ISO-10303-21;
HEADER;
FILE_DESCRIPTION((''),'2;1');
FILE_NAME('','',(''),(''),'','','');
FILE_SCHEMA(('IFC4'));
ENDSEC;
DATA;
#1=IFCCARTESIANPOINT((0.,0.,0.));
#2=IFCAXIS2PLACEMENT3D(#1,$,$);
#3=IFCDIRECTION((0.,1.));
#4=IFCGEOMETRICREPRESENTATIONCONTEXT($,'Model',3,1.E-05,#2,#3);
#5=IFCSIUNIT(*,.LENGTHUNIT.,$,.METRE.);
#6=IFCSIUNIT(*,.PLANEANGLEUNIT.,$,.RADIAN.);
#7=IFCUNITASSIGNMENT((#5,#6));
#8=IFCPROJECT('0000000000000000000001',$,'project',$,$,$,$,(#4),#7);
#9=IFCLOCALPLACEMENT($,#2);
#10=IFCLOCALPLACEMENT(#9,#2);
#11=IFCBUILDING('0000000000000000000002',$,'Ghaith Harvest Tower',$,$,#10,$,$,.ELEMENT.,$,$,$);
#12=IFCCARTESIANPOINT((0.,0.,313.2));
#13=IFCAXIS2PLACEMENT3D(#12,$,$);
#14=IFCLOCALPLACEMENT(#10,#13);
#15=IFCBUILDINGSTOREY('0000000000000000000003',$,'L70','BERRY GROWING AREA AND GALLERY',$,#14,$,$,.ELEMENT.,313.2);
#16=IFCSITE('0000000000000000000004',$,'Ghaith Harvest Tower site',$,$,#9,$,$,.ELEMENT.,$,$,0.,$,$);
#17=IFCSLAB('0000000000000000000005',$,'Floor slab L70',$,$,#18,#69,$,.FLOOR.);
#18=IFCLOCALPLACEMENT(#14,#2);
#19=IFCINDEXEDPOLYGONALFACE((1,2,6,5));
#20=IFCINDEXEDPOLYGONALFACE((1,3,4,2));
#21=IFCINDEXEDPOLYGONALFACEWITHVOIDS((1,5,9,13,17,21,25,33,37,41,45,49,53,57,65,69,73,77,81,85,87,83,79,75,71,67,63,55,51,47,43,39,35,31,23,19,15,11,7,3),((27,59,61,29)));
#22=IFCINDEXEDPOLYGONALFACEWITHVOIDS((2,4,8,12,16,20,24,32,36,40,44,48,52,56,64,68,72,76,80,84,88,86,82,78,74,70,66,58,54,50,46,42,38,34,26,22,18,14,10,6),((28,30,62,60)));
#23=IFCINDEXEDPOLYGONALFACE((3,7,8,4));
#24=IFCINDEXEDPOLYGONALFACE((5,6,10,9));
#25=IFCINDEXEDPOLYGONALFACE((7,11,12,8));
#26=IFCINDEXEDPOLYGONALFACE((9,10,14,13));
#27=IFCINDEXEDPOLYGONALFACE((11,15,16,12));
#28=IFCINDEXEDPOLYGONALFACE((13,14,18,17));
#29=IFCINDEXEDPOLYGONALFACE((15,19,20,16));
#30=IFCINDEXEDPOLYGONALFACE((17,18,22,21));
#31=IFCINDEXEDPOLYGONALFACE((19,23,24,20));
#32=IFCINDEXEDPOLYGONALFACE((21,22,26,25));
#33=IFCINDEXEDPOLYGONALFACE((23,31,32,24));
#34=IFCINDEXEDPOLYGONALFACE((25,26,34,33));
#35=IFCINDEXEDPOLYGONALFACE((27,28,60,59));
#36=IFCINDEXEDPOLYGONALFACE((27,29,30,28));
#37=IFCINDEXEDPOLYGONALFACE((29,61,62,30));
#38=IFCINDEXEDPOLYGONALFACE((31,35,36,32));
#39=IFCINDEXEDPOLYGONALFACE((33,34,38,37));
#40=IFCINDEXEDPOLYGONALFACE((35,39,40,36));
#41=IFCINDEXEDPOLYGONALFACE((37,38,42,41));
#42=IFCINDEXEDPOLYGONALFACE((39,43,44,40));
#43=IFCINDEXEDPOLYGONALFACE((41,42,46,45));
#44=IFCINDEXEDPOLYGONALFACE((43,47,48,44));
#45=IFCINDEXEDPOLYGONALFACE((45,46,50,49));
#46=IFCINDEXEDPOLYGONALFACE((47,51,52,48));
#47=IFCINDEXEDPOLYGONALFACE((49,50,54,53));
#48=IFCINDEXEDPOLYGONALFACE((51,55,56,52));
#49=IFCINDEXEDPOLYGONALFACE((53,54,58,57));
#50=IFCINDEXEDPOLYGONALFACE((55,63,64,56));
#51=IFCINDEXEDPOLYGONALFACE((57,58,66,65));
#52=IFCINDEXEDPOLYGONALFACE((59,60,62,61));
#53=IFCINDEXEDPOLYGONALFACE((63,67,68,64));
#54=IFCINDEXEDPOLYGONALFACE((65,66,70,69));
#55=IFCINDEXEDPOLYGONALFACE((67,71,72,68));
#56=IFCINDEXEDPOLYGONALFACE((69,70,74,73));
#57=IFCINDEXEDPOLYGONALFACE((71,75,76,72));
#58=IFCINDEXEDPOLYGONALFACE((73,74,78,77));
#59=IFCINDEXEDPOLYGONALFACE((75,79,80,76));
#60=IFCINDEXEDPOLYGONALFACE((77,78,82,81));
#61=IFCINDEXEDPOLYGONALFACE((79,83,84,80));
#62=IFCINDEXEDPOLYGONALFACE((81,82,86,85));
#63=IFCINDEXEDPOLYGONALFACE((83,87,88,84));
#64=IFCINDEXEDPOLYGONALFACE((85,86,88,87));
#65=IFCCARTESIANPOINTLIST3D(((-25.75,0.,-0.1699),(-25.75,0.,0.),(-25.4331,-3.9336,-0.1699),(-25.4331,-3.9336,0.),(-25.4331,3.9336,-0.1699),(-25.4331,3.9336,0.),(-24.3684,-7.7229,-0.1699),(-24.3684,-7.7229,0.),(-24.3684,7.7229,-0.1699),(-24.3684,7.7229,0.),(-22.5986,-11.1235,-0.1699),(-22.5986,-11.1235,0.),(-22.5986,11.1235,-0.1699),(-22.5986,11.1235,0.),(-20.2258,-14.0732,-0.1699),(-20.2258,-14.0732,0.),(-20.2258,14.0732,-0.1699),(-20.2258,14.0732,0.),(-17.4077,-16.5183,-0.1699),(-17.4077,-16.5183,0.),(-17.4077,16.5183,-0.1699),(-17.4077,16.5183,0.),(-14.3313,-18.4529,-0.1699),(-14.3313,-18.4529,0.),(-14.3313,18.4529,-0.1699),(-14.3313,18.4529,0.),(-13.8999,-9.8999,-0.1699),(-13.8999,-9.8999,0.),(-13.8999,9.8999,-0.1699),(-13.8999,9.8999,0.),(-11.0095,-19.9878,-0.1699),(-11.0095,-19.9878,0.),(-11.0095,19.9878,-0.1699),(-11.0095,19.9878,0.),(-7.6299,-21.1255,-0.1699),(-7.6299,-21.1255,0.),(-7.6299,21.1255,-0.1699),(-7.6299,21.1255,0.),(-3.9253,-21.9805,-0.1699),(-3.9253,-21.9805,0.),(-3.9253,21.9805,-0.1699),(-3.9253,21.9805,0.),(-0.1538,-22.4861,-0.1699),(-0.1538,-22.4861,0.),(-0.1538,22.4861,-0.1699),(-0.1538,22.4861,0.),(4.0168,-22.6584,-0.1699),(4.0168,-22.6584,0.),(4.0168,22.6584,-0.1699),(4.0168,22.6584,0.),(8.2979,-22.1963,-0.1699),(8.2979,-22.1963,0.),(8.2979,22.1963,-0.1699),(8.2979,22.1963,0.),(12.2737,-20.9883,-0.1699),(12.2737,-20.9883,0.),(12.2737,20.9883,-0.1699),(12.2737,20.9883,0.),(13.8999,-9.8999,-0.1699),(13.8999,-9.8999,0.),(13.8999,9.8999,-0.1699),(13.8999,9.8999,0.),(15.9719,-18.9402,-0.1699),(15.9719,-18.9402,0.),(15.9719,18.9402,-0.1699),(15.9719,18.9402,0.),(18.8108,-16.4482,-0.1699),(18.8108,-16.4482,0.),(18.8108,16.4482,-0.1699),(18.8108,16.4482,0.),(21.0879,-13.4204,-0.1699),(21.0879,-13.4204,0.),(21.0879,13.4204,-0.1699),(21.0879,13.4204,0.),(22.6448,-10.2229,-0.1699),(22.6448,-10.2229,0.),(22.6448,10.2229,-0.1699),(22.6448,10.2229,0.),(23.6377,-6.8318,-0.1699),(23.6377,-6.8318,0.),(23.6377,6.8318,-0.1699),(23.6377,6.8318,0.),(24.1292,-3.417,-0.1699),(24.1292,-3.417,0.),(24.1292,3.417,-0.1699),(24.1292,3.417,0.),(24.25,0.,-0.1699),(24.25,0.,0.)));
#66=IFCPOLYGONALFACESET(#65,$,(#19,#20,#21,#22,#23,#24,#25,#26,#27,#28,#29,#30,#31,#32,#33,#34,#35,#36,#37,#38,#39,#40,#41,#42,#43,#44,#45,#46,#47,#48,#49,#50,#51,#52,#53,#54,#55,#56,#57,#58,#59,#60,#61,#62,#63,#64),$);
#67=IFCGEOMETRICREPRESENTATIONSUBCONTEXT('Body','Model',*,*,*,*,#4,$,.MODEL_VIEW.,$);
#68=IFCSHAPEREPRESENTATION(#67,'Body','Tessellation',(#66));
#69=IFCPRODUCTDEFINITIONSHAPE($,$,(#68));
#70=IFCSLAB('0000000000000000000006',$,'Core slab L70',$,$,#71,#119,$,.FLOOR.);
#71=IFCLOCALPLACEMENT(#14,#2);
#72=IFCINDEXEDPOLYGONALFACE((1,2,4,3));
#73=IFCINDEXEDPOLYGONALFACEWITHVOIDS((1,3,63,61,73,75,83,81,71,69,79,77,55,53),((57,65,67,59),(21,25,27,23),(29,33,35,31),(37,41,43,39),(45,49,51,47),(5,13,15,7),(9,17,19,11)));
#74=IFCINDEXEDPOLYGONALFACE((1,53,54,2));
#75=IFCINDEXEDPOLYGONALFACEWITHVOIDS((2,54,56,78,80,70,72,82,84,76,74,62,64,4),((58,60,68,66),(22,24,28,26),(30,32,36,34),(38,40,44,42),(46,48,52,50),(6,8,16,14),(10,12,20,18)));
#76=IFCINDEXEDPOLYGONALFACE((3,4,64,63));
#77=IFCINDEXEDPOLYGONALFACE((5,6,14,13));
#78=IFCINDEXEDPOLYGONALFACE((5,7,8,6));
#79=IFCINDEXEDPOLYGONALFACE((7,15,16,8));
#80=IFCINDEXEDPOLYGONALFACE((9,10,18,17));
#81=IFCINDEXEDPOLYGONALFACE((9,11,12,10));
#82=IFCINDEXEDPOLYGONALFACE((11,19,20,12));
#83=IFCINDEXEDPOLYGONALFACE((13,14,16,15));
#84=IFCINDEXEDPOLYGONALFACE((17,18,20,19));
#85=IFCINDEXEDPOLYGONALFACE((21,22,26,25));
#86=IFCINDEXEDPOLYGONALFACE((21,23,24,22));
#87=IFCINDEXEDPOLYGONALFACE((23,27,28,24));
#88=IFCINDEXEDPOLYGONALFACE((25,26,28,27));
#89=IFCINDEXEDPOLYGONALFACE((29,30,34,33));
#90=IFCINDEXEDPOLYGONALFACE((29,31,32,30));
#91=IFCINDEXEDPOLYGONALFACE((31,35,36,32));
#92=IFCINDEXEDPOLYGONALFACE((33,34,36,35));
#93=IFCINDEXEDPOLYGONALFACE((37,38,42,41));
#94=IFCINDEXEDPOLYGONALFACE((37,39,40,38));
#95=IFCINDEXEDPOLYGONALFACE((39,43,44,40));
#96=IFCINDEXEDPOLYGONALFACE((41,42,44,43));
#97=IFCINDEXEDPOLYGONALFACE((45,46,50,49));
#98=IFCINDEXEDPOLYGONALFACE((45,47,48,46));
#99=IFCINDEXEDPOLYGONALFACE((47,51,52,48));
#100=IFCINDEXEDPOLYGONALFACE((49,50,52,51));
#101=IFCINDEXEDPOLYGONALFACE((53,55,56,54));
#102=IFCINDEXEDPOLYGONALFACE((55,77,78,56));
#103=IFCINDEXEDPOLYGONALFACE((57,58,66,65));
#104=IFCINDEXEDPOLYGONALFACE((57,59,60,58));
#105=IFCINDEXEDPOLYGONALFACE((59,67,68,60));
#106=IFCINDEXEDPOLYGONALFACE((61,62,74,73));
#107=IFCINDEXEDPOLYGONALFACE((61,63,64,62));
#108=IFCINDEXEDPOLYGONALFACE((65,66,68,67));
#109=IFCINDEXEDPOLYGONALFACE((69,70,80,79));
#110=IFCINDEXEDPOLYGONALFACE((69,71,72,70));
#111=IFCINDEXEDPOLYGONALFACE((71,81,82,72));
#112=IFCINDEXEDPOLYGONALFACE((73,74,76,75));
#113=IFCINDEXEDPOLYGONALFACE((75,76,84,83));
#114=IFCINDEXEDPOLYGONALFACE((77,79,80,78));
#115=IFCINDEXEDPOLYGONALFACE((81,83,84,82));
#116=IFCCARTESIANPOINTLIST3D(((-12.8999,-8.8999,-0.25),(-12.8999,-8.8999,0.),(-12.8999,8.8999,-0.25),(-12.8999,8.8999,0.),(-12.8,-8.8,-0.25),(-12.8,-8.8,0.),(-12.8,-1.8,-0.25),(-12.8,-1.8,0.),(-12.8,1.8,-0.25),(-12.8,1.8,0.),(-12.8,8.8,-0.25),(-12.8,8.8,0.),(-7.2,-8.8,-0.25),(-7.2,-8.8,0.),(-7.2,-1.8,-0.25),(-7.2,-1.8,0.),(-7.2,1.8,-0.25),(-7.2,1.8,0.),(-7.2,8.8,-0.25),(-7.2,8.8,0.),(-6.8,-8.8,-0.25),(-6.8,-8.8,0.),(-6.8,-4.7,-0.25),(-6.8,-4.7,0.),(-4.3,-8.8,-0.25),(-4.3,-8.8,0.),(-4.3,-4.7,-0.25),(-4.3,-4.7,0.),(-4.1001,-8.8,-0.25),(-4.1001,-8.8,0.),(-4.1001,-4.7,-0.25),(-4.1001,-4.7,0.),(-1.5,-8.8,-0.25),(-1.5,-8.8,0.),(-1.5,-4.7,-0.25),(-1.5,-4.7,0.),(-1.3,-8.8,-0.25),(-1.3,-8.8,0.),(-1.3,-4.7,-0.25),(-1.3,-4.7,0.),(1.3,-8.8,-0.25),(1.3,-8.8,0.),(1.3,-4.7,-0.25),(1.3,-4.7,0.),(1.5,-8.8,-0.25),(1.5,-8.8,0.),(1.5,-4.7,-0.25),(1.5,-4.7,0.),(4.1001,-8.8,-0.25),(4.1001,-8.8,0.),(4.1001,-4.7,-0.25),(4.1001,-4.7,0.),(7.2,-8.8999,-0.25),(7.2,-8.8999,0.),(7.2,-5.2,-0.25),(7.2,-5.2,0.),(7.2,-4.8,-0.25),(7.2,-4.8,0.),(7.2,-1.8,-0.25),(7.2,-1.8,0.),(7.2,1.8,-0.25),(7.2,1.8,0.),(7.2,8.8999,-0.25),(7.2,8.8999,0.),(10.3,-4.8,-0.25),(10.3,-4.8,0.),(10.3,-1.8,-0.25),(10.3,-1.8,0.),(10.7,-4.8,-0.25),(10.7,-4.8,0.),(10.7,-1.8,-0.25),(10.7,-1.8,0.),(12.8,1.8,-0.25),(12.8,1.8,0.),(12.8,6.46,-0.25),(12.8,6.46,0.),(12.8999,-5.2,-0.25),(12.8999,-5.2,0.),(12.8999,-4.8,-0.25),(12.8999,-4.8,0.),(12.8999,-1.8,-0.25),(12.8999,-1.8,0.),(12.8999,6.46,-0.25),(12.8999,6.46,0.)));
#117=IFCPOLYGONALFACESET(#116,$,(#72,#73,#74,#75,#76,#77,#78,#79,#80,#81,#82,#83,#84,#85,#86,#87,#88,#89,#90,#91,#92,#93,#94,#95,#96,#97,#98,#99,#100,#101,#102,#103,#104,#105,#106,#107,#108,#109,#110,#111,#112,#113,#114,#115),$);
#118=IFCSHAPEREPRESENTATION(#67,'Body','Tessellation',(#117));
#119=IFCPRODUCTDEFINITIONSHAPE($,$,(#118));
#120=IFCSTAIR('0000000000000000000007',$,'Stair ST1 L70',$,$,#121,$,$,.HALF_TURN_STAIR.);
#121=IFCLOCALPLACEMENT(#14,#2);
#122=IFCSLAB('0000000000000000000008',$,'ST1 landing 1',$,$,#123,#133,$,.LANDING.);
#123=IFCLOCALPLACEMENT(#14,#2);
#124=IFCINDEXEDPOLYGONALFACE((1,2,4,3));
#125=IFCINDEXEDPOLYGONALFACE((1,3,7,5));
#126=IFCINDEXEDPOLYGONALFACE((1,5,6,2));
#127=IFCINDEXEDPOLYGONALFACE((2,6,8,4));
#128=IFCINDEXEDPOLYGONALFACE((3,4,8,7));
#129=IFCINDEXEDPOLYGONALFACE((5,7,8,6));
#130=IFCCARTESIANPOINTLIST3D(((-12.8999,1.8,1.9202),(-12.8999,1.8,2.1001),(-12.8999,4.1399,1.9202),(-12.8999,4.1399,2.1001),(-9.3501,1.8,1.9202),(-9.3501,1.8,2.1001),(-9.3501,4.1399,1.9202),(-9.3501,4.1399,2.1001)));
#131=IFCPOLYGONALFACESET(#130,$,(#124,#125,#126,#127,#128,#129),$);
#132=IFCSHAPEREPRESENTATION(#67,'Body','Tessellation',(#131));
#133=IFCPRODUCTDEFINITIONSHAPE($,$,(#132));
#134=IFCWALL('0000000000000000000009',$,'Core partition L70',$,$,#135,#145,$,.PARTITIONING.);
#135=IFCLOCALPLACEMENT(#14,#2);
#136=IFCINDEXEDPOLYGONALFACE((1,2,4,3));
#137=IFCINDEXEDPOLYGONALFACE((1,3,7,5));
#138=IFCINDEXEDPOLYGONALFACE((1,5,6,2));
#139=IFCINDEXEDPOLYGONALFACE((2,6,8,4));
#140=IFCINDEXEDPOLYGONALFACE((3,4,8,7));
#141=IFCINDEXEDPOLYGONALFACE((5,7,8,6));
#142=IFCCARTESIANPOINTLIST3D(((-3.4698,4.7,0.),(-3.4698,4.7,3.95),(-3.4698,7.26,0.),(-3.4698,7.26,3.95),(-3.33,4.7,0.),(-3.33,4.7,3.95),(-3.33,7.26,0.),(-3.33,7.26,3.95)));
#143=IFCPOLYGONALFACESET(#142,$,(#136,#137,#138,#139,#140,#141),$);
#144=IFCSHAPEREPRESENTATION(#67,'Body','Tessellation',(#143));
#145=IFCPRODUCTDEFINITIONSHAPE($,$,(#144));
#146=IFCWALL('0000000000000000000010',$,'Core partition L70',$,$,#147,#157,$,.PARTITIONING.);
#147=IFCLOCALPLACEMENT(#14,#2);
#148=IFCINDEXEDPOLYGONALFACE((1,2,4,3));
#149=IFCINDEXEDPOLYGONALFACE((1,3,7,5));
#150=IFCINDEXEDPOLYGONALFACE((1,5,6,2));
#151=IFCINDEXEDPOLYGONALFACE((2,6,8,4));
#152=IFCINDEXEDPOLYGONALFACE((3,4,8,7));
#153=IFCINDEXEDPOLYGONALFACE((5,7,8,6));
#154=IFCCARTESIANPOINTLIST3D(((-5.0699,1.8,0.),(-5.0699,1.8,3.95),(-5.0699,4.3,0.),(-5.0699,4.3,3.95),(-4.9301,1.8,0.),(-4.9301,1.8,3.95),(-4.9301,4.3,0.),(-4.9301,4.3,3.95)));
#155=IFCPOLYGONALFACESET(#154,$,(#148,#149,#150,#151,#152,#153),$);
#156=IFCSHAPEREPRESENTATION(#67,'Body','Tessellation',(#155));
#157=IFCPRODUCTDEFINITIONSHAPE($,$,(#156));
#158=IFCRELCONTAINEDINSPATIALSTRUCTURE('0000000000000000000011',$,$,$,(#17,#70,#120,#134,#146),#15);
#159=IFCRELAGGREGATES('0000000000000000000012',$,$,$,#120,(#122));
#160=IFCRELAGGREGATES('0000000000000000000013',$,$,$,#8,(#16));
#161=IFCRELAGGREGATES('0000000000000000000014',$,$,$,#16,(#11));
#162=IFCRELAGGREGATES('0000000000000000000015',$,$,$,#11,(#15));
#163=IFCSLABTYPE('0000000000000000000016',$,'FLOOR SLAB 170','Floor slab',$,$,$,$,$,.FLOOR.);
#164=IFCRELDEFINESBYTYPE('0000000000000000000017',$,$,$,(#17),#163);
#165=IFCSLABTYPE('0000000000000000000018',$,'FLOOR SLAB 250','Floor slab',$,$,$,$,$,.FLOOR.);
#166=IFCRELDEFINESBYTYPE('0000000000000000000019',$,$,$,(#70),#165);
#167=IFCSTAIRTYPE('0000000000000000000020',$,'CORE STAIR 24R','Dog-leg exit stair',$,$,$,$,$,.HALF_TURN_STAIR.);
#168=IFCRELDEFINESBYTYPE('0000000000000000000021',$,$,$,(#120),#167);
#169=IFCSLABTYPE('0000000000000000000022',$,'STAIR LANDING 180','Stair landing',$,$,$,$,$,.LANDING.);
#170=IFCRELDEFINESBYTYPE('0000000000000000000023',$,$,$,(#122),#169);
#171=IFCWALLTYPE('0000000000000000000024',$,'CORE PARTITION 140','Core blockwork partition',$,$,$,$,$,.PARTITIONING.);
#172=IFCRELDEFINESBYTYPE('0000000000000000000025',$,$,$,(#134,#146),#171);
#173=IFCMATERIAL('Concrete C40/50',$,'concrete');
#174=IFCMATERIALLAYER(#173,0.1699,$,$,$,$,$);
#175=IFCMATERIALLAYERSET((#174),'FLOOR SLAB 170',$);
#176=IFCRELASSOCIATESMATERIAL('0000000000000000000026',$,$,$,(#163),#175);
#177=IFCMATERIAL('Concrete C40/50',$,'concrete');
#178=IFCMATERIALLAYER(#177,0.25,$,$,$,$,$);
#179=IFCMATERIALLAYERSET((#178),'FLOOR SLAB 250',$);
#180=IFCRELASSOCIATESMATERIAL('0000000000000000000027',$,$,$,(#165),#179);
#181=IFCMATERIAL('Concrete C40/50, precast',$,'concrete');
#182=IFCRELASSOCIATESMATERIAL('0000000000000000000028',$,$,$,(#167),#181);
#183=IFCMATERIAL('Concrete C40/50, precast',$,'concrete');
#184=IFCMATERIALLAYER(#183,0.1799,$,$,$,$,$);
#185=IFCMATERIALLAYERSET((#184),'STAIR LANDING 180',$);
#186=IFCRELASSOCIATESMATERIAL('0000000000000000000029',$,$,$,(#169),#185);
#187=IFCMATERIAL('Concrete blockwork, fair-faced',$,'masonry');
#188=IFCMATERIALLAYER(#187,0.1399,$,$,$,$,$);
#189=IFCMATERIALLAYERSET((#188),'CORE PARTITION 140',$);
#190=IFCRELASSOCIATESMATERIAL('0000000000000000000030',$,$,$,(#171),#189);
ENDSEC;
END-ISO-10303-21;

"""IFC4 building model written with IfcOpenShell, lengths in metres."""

from ifc_helpers import new_model, si_unit, direction, frame, frame_2d, origin, place, context, subcontext, project, spatial, polyline, rectangle, outline, extrude, material, layer, layer_set, type_object, element, aggregate, save


model = new_model("IFC4")

# Units and contexts
model_context = context("Model", 3, precision=1e-05, world=origin(), true_north=direction((0.0, 1.0)))
body_context = subcontext(model_context, "Body", "Model", "MODEL_VIEW")
ifc_project = project(units=[si_unit("LENGTHUNIT", "METRE"), si_unit("PLANEANGLEUNIT", "RADIAN")], contexts=[model_context])

# Site, building, storey
site_placement = place(None, origin())
site = spatial("IfcSite", under=ifc_project, at=site_placement, Name="Ghaith Harvest Tower site", CompositionType="ELEMENT", RefElevation=0.0)
building_placement = place(site_placement, origin())
building = spatial("IfcBuilding", under=site, at=building_placement, Name="Ghaith Harvest Tower", CompositionType="ELEMENT")
storey_placement = place(building_placement, frame((0.0, 0.0, 313.2)))
storey = spatial("IfcBuildingStorey", under=building, at=storey_placement, Name="L70", Description="BERRY GROWING AREA AND GALLERY", CompositionType="ELEMENT", Elevation=313.2)

# Slabs
ifc_material_1 = material(Name="Concrete C40/50", Category="concrete")
ifc_layer_1 = layer(ifc_material_1, 0.1699)
ifc_layer_set_1 = layer_set([ifc_layer_1], Name="FLOOR SLAB 170")
slab_type_1 = type_object("IfcSlabType", Name="FLOOR SLAB 170", Description="Floor slab", PredefinedType="FLOOR", material=ifc_layer_set_1)
slab_1_placement = place(storey_placement, frame((0.0, 0.0, -0.1699)))
element("IfcSlab", 1, at=slab_1_placement, inside=storey, type_object=slab_type_1, Name="Floor slab L70", PredefinedType="FLOOR", context=body_context, shape_type="SweptSolid", body=[
    extrude(outline(polyline([(24.25, 0.0), (24.1292, 3.417), (23.6377, 6.8318), (22.6448, 10.2229), (21.0879, 13.4204), (18.8108, 16.4482), (15.9719, 18.9402), (12.2737, 20.9883), (8.2979, 22.1963), (4.0168, 22.6584), (-0.1538, 22.4861), (-3.9253, 21.9805), (-7.6299, 21.1255), (-11.0095, 19.9878), (-14.3313, 18.4529), (-17.4077, 16.5183), (-20.2258, 14.0732), (-22.5986, 11.1235), (-24.3684, 7.7229), (-25.4331, 3.9336), (-25.75, 0.0), (-25.4331, -3.9336), (-24.3684, -7.7229), (-22.5986, -11.1235), (-20.2258, -14.0732), (-17.4077, -16.5183), (-14.3313, -18.4529), (-11.0095, -19.9878), (-7.6299, -21.1255), (-3.9253, -21.9805), (-0.1538, -22.4861), (4.0168, -22.6584), (8.2979, -22.1963), (12.2737, -20.9883), (15.9719, -18.9402), (18.8108, -16.4482), (21.0879, -13.4204), (22.6448, -10.2229), (23.6377, -6.8318), (24.1292, -3.417), (24.25, 0.0)]), holes=[polyline([(-13.8999, -9.8999), (13.8999, -9.8999), (13.8999, 9.8999), (-13.8999, 9.8999), (-13.8999, -9.8999)])]), origin(), (0.0, 0.0, 1.0), 0.1699),
])
ifc_material_2 = material(Name="Concrete C40/50", Category="concrete")
ifc_layer_2 = layer(ifc_material_2, 0.25)
ifc_layer_set_2 = layer_set([ifc_layer_2], Name="FLOOR SLAB 250")
slab_type_2 = type_object("IfcSlabType", Name="FLOOR SLAB 250", Description="Floor slab", PredefinedType="FLOOR", material=ifc_layer_set_2)
slab_2_placement = place(storey_placement, frame((0.0, 0.0, -0.25)))
element("IfcSlab", 2, at=slab_2_placement, inside=storey, type_object=slab_type_2, Name="Core slab L70", PredefinedType="FLOOR", context=body_context, shape_type="SweptSolid", body=[
    extrude(outline(polyline([(-12.8999, 8.8999), (7.2, 8.8999), (7.2, 1.8), (12.8, 1.8), (12.8, 6.46), (12.8999, 6.46), (12.8999, -1.8), (10.7, -1.8), (10.7, -4.8), (12.8999, -4.8), (12.8999, -5.2), (7.2, -5.2), (7.2, -8.8999), (-12.8999, -8.8999), (-12.8999, 8.8999)]), holes=[polyline([(-4.3, -4.7), (-6.8, -4.7), (-6.8, -8.8), (-4.3, -8.8), (-4.3, -4.7)]), polyline([(-1.5, -4.7), (-4.1001, -4.7), (-4.1001, -8.8), (-1.5, -8.8), (-1.5, -4.7)]), polyline([(1.3, -8.8), (1.3, -4.7), (-1.3, -4.7), (-1.3, -8.8), (1.3, -8.8)]), polyline([(4.1001, -8.8), (4.1001, -4.7), (1.5, -4.7), (1.5, -8.8), (4.1001, -8.8)]), polyline([(-7.2, -1.8), (-12.8, -1.8), (-12.8, -8.8), (-7.2, -8.8), (-7.2, -1.8)]), polyline([(10.3, -1.8), (7.2, -1.8), (7.2, -4.8), (10.3, -4.8), (10.3, -1.8)]), polyline([(-12.8, 1.8), (-7.2, 1.8), (-7.2, 8.8), (-12.8, 8.8), (-12.8, 1.8)])]), origin(), (0.0, 0.0, 1.0), 0.25),
])

# Stair, slab
ifc_material_3 = material(Name="Concrete C40/50, precast", Category="concrete")
stair_type = type_object("IfcStairType", Name="CORE STAIR 24R", Description="Dog-leg exit stair", PredefinedType="HALF_TURN_STAIR", material=ifc_material_3)
stair_placement = place(storey_placement, origin())
stair = element("IfcStair", 3, at=stair_placement, inside=storey, type_object=stair_type, Name="Stair ST1 L70", PredefinedType="HALF_TURN_STAIR")
ifc_material_4 = material(Name="Concrete C40/50, precast", Category="concrete")
ifc_layer_3 = layer(ifc_material_4, 0.1799)
ifc_layer_set_3 = layer_set([ifc_layer_3], Name="STAIR LANDING 180")
slab_type_3 = type_object("IfcSlabType", Name="STAIR LANDING 180", Description="Stair landing", PredefinedType="LANDING", material=ifc_layer_set_3)
slab_3_placement = place(storey_placement, frame((0.0, 0.0, 1.9202)))
slab_3 = element("IfcSlab", 4, at=slab_3_placement, type_object=slab_type_3, Name="ST1 landing 1", PredefinedType="LANDING", context=body_context, shape_type="SweptSolid", body=[
    extrude(outline(polyline([(-12.8999, 4.1399), (-12.8999, 1.8), (-9.3501, 1.8), (-9.3501, 4.1399), (-12.8999, 4.1399)])), origin(), (0.0, 0.0, 1.0), 0.1799),
])
aggregate(stair, [slab_3])

# Walls
ifc_material_5 = material(Name="Concrete blockwork, fair-faced", Category="masonry")
ifc_layer_4 = layer(ifc_material_5, 0.1399)
ifc_layer_set_4 = layer_set([ifc_layer_4], Name="CORE PARTITION 140")
wall_type = type_object("IfcWallType", Name="CORE PARTITION 140", Description="Core blockwork partition", PredefinedType="PARTITIONING", material=ifc_layer_set_4)
wall_1_placement = place(storey_placement, frame((-3.3999, 4.7, 0.0), z_axis=(0.0, 0.0, 1.0), x_axis=(0.0, 1.0, 0.0)))
element("IfcWall", 5, at=wall_1_placement, inside=storey, type_object=wall_type, Name="Core partition L70", PredefinedType="PARTITIONING", context=body_context, shape_type="SweptSolid", body=[
    extrude(rectangle(XDim=2.5601, YDim=0.1399, at=frame_2d((1.28, 0.0))), origin(), (0.0, 0.0, 1.0), 3.95),
])
wall_2_placement = place(storey_placement, frame((-5.0, 1.8, 0.0), z_axis=(0.0, 0.0, 1.0), x_axis=(0.0, 1.0, 0.0)))
element("IfcWall", 6, at=wall_2_placement, inside=storey, type_object=wall_type, Name="Core partition L70", PredefinedType="PARTITIONING", context=body_context, shape_type="SweptSolid", body=[
    extrude(rectangle(XDim=2.5, YDim=0.1399, at=frame_2d((1.25, 0.0))), origin(), (0.0, 0.0, 1.0), 3.95),
])

save(model, "model.ifc")
